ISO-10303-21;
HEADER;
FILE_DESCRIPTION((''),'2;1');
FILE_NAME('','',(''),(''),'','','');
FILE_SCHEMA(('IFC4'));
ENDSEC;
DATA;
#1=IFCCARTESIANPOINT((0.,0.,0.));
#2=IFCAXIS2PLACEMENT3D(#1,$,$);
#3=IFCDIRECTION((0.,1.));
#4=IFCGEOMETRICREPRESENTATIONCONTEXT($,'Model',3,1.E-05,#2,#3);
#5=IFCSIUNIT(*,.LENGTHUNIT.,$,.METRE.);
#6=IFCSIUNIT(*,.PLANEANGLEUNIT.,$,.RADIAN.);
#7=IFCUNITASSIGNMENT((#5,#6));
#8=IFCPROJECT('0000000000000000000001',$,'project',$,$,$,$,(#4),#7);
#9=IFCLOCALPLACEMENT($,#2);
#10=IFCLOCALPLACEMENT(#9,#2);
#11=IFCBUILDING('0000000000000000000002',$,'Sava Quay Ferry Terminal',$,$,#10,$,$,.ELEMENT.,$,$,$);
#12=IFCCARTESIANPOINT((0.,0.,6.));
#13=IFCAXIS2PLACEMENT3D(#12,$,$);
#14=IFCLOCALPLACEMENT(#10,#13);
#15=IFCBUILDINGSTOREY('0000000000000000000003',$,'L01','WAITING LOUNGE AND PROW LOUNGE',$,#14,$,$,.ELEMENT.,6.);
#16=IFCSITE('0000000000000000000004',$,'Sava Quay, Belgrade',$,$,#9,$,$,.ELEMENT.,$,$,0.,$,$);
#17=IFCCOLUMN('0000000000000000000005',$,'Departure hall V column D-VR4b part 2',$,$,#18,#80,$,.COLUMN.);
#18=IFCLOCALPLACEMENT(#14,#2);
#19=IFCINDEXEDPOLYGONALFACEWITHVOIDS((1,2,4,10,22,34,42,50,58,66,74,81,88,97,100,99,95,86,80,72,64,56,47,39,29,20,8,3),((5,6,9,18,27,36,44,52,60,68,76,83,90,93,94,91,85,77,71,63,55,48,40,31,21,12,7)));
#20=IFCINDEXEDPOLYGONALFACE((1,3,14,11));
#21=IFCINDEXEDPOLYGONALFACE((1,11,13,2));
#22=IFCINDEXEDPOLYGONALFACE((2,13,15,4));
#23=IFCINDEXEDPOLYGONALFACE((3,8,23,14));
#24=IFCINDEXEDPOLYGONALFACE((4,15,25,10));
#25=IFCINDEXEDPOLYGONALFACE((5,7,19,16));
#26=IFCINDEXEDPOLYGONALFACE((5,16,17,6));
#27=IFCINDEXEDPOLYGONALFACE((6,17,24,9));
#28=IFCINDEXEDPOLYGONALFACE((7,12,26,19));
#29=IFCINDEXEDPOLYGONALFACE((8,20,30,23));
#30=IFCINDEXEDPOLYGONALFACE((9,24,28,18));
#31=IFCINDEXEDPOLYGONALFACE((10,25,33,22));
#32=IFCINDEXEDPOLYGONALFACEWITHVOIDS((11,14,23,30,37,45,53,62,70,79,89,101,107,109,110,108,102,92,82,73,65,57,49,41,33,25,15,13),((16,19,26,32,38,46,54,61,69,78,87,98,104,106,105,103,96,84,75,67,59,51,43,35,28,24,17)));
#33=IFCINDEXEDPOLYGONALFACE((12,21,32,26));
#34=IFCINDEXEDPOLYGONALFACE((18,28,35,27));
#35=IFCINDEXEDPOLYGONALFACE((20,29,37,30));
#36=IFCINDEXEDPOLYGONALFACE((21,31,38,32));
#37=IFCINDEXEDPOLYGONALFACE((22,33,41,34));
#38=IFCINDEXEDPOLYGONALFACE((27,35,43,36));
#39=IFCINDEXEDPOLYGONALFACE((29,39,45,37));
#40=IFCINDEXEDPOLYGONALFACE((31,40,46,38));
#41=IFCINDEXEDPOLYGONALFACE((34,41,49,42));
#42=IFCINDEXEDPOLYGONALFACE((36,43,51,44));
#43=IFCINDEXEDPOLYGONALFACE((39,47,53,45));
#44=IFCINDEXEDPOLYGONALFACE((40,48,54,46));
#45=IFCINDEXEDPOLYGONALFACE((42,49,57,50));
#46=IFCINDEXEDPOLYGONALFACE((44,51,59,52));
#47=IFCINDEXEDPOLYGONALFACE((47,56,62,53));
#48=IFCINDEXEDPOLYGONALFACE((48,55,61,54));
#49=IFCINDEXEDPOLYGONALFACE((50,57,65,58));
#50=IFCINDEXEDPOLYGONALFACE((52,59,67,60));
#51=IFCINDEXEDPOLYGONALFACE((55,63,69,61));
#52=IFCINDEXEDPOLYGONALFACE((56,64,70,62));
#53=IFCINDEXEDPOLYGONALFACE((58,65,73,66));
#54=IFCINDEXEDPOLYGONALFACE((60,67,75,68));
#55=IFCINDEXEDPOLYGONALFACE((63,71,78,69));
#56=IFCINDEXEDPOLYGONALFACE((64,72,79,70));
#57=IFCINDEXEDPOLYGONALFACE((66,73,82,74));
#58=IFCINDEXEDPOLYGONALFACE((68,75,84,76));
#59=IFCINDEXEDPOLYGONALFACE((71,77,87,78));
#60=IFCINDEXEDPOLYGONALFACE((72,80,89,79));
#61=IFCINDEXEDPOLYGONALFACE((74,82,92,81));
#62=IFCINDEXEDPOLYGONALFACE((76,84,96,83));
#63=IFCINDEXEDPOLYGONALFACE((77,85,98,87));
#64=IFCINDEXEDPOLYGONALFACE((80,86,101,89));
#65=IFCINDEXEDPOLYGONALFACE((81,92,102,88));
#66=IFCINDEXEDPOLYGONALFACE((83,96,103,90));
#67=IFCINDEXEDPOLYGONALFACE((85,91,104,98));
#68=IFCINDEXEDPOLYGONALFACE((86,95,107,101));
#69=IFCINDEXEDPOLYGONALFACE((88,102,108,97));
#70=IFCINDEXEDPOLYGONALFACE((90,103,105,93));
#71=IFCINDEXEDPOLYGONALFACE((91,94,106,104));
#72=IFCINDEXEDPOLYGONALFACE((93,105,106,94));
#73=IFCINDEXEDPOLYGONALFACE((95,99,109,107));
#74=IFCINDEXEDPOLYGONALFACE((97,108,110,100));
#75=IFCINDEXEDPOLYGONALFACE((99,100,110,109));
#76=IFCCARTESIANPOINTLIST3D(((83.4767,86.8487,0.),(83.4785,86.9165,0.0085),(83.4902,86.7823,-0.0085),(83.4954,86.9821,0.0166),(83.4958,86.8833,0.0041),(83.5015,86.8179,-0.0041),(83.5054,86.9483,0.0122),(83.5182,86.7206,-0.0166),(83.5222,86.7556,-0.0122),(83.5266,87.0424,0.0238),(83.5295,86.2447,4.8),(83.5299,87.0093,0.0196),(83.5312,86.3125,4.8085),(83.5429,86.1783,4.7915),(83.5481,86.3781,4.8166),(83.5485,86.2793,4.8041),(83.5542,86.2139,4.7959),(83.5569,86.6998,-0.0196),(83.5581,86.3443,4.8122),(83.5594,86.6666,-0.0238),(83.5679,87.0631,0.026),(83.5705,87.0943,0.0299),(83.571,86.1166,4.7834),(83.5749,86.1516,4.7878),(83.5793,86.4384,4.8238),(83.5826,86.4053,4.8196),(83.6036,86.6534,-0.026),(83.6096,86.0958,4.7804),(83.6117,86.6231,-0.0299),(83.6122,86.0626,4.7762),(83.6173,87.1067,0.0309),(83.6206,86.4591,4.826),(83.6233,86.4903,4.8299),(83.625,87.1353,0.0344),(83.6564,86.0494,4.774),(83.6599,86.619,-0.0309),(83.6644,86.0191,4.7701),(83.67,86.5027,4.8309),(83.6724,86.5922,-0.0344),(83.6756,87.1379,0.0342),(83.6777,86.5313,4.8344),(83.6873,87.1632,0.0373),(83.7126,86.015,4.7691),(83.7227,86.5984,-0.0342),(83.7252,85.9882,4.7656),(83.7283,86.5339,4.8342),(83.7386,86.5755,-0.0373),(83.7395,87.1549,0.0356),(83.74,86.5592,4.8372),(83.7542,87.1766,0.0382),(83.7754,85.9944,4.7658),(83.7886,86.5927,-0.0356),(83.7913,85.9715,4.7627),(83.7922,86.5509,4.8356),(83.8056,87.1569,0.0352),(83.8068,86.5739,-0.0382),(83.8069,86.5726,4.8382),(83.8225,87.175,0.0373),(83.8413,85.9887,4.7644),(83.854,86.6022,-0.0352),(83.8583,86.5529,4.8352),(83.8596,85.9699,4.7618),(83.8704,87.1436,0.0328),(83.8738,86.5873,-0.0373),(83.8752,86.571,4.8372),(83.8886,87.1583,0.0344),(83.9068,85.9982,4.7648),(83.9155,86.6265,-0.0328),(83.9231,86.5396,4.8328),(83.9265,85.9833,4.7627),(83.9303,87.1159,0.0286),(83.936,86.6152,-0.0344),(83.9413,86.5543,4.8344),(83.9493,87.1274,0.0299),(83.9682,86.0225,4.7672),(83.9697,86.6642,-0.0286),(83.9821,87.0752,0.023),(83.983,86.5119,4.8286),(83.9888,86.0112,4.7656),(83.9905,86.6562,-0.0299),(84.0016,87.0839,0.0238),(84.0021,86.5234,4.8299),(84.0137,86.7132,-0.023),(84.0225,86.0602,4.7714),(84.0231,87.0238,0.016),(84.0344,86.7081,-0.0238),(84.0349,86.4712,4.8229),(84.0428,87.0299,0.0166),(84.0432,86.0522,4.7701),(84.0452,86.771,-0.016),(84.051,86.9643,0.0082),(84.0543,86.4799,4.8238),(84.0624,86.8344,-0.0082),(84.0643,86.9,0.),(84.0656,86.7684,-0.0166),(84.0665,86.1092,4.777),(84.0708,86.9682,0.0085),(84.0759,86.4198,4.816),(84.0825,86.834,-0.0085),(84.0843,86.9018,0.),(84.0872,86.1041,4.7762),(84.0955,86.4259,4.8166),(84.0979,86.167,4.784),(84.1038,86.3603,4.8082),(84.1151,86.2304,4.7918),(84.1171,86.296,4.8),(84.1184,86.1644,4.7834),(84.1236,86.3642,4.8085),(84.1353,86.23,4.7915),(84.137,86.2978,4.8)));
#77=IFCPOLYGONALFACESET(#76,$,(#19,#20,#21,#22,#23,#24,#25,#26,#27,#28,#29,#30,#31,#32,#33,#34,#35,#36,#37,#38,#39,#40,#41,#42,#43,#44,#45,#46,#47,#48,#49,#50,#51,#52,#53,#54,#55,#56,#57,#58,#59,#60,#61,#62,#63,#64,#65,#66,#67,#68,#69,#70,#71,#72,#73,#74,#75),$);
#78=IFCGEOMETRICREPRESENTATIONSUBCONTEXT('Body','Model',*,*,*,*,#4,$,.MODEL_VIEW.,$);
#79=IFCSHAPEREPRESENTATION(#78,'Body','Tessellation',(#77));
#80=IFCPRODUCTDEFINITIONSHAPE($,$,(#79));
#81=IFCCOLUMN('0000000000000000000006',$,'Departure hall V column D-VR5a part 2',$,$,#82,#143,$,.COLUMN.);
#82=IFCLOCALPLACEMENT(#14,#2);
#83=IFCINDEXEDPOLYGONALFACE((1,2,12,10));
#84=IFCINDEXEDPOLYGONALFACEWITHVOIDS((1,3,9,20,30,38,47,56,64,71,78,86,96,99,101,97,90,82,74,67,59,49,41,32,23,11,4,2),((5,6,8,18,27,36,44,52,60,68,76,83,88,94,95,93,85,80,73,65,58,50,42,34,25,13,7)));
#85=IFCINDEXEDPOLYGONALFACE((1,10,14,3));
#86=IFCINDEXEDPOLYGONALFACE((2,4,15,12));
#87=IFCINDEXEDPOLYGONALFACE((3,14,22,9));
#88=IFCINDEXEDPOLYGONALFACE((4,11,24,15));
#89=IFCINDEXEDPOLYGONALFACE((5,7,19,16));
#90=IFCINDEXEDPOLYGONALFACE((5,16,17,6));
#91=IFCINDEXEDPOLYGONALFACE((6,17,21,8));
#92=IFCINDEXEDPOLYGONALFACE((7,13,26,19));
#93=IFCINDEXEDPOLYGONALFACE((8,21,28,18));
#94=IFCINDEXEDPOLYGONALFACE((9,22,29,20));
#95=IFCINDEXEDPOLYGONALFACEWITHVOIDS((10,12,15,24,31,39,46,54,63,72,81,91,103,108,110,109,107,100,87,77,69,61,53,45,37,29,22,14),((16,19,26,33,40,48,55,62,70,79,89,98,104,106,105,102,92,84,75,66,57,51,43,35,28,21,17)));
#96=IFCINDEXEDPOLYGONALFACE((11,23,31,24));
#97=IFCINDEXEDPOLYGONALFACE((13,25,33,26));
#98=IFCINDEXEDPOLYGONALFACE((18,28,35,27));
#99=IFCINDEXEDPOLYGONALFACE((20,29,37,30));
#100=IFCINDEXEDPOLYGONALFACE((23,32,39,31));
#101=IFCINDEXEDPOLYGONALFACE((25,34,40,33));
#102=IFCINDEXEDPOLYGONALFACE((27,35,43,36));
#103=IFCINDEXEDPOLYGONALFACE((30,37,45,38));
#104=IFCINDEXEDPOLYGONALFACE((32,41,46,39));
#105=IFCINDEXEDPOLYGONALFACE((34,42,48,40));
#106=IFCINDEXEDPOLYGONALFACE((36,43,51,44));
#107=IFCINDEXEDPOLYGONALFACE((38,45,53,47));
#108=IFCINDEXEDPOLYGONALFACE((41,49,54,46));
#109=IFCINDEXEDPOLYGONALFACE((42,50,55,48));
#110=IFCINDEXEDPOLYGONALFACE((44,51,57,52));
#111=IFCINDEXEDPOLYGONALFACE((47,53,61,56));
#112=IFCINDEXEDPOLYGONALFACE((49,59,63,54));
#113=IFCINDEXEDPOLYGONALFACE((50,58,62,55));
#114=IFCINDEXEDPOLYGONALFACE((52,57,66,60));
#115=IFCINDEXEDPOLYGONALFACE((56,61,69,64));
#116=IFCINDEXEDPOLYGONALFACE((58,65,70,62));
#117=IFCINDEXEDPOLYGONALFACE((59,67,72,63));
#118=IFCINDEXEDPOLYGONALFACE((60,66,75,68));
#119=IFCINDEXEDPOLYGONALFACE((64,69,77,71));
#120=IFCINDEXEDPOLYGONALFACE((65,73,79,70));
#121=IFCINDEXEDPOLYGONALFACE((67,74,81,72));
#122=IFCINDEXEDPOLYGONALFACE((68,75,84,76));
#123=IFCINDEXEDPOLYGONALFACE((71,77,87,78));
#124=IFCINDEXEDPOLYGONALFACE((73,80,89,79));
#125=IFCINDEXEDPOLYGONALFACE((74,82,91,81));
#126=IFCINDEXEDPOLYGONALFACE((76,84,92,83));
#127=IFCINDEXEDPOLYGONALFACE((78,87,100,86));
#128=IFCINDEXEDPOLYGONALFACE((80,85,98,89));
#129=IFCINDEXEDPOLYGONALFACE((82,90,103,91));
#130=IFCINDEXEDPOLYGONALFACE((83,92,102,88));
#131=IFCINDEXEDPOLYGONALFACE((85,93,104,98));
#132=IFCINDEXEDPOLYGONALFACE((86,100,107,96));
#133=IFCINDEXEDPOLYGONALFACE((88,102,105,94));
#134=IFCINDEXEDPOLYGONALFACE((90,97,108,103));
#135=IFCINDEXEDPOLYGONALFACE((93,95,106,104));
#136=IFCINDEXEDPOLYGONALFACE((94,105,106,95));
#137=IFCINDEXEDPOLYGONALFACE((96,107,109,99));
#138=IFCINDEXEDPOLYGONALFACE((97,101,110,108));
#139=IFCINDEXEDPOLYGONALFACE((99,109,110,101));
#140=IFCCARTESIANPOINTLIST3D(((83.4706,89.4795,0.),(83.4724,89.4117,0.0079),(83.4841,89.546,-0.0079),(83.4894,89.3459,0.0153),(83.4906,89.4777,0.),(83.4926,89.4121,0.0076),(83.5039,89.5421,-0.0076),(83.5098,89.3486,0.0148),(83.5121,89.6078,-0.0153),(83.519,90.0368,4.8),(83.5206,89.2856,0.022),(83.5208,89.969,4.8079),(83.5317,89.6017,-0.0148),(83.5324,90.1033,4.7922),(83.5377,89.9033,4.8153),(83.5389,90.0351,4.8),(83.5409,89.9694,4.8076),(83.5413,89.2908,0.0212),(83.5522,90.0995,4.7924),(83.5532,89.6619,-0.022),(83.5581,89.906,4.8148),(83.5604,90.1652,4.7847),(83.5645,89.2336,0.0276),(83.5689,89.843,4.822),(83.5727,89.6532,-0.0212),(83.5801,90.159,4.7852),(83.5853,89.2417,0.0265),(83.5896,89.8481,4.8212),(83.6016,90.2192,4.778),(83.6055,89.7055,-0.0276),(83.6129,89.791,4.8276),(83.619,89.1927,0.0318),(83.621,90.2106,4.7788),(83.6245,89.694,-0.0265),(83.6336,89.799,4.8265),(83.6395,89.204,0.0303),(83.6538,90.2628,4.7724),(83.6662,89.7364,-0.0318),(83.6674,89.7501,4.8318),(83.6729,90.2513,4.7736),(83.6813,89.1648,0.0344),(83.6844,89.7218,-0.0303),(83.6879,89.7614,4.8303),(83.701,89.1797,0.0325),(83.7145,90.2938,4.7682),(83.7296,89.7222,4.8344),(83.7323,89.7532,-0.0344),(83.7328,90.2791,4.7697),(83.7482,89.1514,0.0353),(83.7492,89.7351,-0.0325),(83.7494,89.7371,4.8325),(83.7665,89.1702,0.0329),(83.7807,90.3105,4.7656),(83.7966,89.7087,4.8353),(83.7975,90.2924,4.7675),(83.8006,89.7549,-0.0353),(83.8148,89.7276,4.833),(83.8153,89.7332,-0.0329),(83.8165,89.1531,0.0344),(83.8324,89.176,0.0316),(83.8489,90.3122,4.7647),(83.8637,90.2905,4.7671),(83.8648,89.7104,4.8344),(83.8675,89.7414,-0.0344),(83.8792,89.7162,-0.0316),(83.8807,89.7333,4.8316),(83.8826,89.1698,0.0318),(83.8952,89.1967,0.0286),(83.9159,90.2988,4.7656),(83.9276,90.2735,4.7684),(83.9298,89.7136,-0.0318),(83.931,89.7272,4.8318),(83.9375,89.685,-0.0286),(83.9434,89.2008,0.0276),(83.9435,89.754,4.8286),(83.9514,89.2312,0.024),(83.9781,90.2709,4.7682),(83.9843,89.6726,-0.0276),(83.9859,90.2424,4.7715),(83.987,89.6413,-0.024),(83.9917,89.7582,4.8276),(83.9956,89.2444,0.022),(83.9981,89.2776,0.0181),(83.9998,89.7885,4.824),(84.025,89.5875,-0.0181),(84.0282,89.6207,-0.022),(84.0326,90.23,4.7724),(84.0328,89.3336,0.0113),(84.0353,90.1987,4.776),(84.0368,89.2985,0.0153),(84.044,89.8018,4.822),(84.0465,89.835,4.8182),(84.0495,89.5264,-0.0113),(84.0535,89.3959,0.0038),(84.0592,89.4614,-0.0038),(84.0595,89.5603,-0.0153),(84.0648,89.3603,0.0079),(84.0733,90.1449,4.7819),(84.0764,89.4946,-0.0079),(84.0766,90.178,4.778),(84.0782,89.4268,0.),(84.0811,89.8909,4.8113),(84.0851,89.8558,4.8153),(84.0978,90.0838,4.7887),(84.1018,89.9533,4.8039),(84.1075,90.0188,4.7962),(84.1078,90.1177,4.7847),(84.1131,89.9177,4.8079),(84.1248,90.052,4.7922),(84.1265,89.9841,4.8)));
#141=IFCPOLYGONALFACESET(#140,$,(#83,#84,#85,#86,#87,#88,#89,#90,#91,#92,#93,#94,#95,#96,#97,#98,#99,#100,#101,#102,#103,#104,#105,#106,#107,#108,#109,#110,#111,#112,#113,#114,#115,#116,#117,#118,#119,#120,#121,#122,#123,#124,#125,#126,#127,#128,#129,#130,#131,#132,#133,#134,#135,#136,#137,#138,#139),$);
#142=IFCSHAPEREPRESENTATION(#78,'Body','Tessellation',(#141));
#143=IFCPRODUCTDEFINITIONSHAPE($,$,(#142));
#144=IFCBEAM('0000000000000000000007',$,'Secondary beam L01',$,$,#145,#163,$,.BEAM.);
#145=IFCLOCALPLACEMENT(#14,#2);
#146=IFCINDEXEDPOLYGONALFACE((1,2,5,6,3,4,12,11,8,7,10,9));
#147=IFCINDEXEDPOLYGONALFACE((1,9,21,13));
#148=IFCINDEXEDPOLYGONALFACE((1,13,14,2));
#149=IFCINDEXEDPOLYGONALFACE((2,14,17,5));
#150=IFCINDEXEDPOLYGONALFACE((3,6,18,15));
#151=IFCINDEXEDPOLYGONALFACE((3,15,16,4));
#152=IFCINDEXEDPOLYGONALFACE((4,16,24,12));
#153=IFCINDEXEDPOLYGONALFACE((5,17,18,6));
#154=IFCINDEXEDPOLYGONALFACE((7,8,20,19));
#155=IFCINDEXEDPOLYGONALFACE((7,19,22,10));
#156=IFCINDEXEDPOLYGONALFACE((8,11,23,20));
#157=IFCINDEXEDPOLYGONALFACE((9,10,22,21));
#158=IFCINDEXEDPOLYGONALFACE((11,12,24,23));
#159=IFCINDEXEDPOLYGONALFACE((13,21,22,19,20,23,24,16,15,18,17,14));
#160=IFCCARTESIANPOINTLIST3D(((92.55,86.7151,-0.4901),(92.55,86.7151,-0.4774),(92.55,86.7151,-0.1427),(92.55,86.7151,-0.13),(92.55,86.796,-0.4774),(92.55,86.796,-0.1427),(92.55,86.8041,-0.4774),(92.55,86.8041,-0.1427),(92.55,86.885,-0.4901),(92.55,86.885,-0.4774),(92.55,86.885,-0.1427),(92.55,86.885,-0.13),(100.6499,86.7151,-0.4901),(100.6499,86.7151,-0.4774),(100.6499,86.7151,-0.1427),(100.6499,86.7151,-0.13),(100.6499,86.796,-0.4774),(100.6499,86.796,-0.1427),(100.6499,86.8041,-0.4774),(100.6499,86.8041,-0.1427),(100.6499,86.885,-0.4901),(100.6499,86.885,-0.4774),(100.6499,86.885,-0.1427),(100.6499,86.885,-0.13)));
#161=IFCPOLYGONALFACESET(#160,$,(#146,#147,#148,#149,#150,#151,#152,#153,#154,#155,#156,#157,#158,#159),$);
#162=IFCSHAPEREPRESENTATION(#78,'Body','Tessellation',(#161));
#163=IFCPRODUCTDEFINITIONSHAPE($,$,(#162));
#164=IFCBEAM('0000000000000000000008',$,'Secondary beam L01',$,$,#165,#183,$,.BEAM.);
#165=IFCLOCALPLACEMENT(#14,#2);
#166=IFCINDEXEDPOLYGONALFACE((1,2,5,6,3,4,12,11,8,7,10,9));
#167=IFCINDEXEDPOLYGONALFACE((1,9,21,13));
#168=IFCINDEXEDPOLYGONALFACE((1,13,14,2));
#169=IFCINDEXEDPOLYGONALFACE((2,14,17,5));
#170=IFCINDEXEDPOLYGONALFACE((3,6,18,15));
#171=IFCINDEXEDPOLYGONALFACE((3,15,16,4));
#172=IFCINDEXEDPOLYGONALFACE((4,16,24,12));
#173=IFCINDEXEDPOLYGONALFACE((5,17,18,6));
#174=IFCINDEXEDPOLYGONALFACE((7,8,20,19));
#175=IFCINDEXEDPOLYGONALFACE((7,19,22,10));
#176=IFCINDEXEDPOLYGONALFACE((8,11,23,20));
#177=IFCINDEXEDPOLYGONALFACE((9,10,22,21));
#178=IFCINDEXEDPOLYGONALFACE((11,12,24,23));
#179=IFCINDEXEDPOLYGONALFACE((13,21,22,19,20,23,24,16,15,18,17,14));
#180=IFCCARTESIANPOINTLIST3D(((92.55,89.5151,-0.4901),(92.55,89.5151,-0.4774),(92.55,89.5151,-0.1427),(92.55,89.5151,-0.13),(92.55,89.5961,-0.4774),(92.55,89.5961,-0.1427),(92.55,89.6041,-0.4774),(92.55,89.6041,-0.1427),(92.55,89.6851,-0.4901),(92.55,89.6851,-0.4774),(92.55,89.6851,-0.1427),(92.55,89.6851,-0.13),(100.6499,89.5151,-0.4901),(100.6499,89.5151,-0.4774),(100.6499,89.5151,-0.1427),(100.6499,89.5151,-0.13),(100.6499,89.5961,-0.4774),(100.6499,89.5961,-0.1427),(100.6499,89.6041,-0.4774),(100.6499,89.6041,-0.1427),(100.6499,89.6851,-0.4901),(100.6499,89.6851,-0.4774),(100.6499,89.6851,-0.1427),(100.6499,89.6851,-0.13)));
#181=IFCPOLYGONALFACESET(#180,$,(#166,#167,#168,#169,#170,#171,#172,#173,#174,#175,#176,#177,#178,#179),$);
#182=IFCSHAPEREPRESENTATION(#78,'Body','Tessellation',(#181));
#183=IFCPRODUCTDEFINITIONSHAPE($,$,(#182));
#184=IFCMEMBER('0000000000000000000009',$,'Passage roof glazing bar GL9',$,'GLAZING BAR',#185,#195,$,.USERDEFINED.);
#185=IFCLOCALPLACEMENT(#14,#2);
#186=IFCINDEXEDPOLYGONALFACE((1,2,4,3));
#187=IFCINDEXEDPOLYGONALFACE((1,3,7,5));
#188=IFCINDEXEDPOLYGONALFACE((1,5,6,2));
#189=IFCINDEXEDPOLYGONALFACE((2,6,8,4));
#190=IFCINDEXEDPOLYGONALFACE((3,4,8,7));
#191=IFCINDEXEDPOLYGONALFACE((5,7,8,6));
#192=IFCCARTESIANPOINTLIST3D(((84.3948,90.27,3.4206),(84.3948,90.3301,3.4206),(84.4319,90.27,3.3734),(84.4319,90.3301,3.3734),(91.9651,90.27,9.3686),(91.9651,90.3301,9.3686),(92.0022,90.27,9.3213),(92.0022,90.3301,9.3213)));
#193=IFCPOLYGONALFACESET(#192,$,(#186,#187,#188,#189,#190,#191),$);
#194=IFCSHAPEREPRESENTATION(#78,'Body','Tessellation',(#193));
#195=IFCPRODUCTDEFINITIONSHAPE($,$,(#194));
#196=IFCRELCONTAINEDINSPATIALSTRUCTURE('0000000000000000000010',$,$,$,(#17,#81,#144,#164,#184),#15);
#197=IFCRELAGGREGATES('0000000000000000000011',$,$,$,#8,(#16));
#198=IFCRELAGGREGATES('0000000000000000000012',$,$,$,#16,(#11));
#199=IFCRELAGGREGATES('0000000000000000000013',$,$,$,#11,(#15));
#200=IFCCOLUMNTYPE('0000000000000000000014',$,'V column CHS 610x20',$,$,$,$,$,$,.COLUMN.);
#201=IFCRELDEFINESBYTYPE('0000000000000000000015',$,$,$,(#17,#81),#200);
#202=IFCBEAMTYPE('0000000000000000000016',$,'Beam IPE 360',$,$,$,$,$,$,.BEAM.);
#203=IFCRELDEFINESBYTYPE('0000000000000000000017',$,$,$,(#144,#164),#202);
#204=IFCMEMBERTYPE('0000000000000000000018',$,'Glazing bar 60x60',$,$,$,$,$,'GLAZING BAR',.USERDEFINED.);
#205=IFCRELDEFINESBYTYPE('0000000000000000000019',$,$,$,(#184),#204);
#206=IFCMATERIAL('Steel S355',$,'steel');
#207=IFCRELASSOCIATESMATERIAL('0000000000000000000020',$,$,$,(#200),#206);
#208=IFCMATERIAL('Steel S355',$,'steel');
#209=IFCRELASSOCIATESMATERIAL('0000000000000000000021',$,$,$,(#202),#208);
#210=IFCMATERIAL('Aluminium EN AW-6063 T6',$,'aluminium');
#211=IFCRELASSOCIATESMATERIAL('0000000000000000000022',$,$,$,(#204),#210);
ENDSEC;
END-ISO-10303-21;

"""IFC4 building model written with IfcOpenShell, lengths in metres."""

from ifc_helpers import new_model, si_unit, direction, frame, origin, origin_2d, place, context, subcontext, project, spatial, rectangle, hollow_circle, i_section, extrude, material, material_profile, profile_set, type_object, element, save


model = new_model("IFC4")

# Units and contexts
model_context = context("Model", 3, precision=1e-05, world=origin(), true_north=direction((0.0, 1.0)))
body_context = subcontext(model_context, "Body", "Model", "MODEL_VIEW")
ifc_project = project(units=[si_unit("LENGTHUNIT", "METRE"), si_unit("PLANEANGLEUNIT", "RADIAN")], contexts=[model_context])

# Site, building, storey
site_placement = place(None, origin())
site = spatial("IfcSite", under=ifc_project, at=site_placement, Name="Sava Quay, Belgrade", CompositionType="ELEMENT", RefElevation=0.0)
building_placement = place(site_placement, origin())
building = spatial("IfcBuilding", under=site, at=building_placement, Name="Sava Quay Ferry Terminal", CompositionType="ELEMENT")
storey_placement = place(building_placement, frame((0.0, 0.0, 6.0)))
storey = spatial("IfcBuildingStorey", under=building, at=storey_placement, Name="L01", Description="WAITING LOUNGE AND PROW LOUNGE", CompositionType="ELEMENT", Elevation=6.0)

# Columns
ifc_material_1 = material(Name="Steel S355", Category="steel")
ifc_material_profile_1 = material_profile(ifc_material_1, hollow_circle(Radius=0.3049, WallThickness=0.02, at=origin_2d()), Name="CHS 610 x 20.0")
ifc_profile_set_1 = profile_set([ifc_material_profile_1], Name="Steel S355")
column_type = type_object("IfcColumnType", Name="V column CHS 610x20", PredefinedType="COLUMN", material=ifc_profile_set_1)
column_1_placement = place(storey_placement, frame((83.7805, 86.8752, 0.0), z_axis=(0.0109, -0.124841, 0.992117), x_axis=(0.99621, 0.086977, 0.0)))
element("IfcColumn", 1, at=column_1_placement, inside=storey, type_object=column_type, Name="Departure hall V column D-VR4b part 2", PredefinedType="COLUMN", context=body_context, shape_type="SweptSolid", body=[
    extrude(hollow_circle(Radius=0.3049, WallThickness=0.02, at=origin_2d()), origin(), (0.0, 0.0, 1.0), 4.8381),
])
column_2_placement = place(storey_placement, frame((83.7744, 89.4531, 0.0), z_axis=(0.010003, 0.115337, 0.993276), x_axis=(-0.99626, 0.086404, 0.0)))
element("IfcColumn", 2, at=column_2_placement, inside=storey, type_object=column_type, Name="Departure hall V column D-VR5a part 2", PredefinedType="COLUMN", context=body_context, shape_type="SweptSolid", body=[
    extrude(hollow_circle(Radius=0.3049, WallThickness=0.02, at=origin_2d()), origin(), (0.0, 0.0, 1.0), 4.8325),
])

# Beams
ifc_material_2 = material(Name="Steel S355", Category="steel")
ifc_material_profile_2 = material_profile(ifc_material_2, i_section(OverallWidth=0.1699, OverallDepth=0.3601, WebThickness=0.0081, FlangeThickness=0.0127, at=origin_2d()), Name="IPE 360")
ifc_profile_set_2 = profile_set([ifc_material_profile_2], Name="Steel S355")
beam_type = type_object("IfcBeamType", Name="Beam IPE 360", PredefinedType="BEAM", material=ifc_profile_set_2)
for number, where, z_axis, x_axis, name in (
    (3, (92.55, 86.8, -0.3101), (1.0, 0.0, 0.0), (0.0, 1.0, 0.0), "Secondary beam L01"),
    (4, (92.55, 89.6001, -0.3101), (1.0, 0.0, 0.0), (0.0, 1.0, 0.0), "Secondary beam L01"),
):
    element("IfcBeam", number, at=place(storey_placement, frame(where, z_axis=z_axis, x_axis=x_axis)), inside=storey, type_object=beam_type, Name=name, PredefinedType="BEAM", context=body_context, shape_type="SweptSolid", body=[
        extrude(i_section(OverallWidth=0.1699, OverallDepth=0.3601, WebThickness=0.0081, FlangeThickness=0.0127, at=origin_2d()), origin(), (0.0, 0.0, 1.0), 8.0999),
    ])

# Member
ifc_material_3 = material(Name="Aluminium EN AW-6063 T6", Category="aluminium")
ifc_material_profile_3 = material_profile(ifc_material_3, rectangle(XDim=0.0601, YDim=0.0601, at=origin_2d()), Name="Bar 60 x 60")
ifc_profile_set_3 = profile_set([ifc_material_profile_3], Name="Aluminium EN AW-6063 T6")
member_type_1 = type_object("IfcMemberType", Name="Glazing bar 60x60", ElementType="GLAZING BAR", PredefinedType="USERDEFINED", material=ifc_profile_set_3)
for number, where, z_axis, x_axis, name in (
    (5, (84.4133, 90.3, 3.397), (0.786324, 0.0, 0.617815), (0.0, 1.0, 0.0), "Passage roof glazing bar GL9"),
):
    element("IfcMember", number, at=place(storey_placement, frame(where, z_axis=z_axis, x_axis=x_axis)), inside=storey, type_object=member_type_1, Name=name, ObjectType="GLAZING BAR", PredefinedType="USERDEFINED", context=body_context, shape_type="SweptSolid", body=[
        extrude(rectangle(XDim=0.0601, YDim=0.0601, at=origin_2d()), origin(), (0.0, 0.0, 1.0), 9.6274),
    ])

save(model, "model.ifc")
